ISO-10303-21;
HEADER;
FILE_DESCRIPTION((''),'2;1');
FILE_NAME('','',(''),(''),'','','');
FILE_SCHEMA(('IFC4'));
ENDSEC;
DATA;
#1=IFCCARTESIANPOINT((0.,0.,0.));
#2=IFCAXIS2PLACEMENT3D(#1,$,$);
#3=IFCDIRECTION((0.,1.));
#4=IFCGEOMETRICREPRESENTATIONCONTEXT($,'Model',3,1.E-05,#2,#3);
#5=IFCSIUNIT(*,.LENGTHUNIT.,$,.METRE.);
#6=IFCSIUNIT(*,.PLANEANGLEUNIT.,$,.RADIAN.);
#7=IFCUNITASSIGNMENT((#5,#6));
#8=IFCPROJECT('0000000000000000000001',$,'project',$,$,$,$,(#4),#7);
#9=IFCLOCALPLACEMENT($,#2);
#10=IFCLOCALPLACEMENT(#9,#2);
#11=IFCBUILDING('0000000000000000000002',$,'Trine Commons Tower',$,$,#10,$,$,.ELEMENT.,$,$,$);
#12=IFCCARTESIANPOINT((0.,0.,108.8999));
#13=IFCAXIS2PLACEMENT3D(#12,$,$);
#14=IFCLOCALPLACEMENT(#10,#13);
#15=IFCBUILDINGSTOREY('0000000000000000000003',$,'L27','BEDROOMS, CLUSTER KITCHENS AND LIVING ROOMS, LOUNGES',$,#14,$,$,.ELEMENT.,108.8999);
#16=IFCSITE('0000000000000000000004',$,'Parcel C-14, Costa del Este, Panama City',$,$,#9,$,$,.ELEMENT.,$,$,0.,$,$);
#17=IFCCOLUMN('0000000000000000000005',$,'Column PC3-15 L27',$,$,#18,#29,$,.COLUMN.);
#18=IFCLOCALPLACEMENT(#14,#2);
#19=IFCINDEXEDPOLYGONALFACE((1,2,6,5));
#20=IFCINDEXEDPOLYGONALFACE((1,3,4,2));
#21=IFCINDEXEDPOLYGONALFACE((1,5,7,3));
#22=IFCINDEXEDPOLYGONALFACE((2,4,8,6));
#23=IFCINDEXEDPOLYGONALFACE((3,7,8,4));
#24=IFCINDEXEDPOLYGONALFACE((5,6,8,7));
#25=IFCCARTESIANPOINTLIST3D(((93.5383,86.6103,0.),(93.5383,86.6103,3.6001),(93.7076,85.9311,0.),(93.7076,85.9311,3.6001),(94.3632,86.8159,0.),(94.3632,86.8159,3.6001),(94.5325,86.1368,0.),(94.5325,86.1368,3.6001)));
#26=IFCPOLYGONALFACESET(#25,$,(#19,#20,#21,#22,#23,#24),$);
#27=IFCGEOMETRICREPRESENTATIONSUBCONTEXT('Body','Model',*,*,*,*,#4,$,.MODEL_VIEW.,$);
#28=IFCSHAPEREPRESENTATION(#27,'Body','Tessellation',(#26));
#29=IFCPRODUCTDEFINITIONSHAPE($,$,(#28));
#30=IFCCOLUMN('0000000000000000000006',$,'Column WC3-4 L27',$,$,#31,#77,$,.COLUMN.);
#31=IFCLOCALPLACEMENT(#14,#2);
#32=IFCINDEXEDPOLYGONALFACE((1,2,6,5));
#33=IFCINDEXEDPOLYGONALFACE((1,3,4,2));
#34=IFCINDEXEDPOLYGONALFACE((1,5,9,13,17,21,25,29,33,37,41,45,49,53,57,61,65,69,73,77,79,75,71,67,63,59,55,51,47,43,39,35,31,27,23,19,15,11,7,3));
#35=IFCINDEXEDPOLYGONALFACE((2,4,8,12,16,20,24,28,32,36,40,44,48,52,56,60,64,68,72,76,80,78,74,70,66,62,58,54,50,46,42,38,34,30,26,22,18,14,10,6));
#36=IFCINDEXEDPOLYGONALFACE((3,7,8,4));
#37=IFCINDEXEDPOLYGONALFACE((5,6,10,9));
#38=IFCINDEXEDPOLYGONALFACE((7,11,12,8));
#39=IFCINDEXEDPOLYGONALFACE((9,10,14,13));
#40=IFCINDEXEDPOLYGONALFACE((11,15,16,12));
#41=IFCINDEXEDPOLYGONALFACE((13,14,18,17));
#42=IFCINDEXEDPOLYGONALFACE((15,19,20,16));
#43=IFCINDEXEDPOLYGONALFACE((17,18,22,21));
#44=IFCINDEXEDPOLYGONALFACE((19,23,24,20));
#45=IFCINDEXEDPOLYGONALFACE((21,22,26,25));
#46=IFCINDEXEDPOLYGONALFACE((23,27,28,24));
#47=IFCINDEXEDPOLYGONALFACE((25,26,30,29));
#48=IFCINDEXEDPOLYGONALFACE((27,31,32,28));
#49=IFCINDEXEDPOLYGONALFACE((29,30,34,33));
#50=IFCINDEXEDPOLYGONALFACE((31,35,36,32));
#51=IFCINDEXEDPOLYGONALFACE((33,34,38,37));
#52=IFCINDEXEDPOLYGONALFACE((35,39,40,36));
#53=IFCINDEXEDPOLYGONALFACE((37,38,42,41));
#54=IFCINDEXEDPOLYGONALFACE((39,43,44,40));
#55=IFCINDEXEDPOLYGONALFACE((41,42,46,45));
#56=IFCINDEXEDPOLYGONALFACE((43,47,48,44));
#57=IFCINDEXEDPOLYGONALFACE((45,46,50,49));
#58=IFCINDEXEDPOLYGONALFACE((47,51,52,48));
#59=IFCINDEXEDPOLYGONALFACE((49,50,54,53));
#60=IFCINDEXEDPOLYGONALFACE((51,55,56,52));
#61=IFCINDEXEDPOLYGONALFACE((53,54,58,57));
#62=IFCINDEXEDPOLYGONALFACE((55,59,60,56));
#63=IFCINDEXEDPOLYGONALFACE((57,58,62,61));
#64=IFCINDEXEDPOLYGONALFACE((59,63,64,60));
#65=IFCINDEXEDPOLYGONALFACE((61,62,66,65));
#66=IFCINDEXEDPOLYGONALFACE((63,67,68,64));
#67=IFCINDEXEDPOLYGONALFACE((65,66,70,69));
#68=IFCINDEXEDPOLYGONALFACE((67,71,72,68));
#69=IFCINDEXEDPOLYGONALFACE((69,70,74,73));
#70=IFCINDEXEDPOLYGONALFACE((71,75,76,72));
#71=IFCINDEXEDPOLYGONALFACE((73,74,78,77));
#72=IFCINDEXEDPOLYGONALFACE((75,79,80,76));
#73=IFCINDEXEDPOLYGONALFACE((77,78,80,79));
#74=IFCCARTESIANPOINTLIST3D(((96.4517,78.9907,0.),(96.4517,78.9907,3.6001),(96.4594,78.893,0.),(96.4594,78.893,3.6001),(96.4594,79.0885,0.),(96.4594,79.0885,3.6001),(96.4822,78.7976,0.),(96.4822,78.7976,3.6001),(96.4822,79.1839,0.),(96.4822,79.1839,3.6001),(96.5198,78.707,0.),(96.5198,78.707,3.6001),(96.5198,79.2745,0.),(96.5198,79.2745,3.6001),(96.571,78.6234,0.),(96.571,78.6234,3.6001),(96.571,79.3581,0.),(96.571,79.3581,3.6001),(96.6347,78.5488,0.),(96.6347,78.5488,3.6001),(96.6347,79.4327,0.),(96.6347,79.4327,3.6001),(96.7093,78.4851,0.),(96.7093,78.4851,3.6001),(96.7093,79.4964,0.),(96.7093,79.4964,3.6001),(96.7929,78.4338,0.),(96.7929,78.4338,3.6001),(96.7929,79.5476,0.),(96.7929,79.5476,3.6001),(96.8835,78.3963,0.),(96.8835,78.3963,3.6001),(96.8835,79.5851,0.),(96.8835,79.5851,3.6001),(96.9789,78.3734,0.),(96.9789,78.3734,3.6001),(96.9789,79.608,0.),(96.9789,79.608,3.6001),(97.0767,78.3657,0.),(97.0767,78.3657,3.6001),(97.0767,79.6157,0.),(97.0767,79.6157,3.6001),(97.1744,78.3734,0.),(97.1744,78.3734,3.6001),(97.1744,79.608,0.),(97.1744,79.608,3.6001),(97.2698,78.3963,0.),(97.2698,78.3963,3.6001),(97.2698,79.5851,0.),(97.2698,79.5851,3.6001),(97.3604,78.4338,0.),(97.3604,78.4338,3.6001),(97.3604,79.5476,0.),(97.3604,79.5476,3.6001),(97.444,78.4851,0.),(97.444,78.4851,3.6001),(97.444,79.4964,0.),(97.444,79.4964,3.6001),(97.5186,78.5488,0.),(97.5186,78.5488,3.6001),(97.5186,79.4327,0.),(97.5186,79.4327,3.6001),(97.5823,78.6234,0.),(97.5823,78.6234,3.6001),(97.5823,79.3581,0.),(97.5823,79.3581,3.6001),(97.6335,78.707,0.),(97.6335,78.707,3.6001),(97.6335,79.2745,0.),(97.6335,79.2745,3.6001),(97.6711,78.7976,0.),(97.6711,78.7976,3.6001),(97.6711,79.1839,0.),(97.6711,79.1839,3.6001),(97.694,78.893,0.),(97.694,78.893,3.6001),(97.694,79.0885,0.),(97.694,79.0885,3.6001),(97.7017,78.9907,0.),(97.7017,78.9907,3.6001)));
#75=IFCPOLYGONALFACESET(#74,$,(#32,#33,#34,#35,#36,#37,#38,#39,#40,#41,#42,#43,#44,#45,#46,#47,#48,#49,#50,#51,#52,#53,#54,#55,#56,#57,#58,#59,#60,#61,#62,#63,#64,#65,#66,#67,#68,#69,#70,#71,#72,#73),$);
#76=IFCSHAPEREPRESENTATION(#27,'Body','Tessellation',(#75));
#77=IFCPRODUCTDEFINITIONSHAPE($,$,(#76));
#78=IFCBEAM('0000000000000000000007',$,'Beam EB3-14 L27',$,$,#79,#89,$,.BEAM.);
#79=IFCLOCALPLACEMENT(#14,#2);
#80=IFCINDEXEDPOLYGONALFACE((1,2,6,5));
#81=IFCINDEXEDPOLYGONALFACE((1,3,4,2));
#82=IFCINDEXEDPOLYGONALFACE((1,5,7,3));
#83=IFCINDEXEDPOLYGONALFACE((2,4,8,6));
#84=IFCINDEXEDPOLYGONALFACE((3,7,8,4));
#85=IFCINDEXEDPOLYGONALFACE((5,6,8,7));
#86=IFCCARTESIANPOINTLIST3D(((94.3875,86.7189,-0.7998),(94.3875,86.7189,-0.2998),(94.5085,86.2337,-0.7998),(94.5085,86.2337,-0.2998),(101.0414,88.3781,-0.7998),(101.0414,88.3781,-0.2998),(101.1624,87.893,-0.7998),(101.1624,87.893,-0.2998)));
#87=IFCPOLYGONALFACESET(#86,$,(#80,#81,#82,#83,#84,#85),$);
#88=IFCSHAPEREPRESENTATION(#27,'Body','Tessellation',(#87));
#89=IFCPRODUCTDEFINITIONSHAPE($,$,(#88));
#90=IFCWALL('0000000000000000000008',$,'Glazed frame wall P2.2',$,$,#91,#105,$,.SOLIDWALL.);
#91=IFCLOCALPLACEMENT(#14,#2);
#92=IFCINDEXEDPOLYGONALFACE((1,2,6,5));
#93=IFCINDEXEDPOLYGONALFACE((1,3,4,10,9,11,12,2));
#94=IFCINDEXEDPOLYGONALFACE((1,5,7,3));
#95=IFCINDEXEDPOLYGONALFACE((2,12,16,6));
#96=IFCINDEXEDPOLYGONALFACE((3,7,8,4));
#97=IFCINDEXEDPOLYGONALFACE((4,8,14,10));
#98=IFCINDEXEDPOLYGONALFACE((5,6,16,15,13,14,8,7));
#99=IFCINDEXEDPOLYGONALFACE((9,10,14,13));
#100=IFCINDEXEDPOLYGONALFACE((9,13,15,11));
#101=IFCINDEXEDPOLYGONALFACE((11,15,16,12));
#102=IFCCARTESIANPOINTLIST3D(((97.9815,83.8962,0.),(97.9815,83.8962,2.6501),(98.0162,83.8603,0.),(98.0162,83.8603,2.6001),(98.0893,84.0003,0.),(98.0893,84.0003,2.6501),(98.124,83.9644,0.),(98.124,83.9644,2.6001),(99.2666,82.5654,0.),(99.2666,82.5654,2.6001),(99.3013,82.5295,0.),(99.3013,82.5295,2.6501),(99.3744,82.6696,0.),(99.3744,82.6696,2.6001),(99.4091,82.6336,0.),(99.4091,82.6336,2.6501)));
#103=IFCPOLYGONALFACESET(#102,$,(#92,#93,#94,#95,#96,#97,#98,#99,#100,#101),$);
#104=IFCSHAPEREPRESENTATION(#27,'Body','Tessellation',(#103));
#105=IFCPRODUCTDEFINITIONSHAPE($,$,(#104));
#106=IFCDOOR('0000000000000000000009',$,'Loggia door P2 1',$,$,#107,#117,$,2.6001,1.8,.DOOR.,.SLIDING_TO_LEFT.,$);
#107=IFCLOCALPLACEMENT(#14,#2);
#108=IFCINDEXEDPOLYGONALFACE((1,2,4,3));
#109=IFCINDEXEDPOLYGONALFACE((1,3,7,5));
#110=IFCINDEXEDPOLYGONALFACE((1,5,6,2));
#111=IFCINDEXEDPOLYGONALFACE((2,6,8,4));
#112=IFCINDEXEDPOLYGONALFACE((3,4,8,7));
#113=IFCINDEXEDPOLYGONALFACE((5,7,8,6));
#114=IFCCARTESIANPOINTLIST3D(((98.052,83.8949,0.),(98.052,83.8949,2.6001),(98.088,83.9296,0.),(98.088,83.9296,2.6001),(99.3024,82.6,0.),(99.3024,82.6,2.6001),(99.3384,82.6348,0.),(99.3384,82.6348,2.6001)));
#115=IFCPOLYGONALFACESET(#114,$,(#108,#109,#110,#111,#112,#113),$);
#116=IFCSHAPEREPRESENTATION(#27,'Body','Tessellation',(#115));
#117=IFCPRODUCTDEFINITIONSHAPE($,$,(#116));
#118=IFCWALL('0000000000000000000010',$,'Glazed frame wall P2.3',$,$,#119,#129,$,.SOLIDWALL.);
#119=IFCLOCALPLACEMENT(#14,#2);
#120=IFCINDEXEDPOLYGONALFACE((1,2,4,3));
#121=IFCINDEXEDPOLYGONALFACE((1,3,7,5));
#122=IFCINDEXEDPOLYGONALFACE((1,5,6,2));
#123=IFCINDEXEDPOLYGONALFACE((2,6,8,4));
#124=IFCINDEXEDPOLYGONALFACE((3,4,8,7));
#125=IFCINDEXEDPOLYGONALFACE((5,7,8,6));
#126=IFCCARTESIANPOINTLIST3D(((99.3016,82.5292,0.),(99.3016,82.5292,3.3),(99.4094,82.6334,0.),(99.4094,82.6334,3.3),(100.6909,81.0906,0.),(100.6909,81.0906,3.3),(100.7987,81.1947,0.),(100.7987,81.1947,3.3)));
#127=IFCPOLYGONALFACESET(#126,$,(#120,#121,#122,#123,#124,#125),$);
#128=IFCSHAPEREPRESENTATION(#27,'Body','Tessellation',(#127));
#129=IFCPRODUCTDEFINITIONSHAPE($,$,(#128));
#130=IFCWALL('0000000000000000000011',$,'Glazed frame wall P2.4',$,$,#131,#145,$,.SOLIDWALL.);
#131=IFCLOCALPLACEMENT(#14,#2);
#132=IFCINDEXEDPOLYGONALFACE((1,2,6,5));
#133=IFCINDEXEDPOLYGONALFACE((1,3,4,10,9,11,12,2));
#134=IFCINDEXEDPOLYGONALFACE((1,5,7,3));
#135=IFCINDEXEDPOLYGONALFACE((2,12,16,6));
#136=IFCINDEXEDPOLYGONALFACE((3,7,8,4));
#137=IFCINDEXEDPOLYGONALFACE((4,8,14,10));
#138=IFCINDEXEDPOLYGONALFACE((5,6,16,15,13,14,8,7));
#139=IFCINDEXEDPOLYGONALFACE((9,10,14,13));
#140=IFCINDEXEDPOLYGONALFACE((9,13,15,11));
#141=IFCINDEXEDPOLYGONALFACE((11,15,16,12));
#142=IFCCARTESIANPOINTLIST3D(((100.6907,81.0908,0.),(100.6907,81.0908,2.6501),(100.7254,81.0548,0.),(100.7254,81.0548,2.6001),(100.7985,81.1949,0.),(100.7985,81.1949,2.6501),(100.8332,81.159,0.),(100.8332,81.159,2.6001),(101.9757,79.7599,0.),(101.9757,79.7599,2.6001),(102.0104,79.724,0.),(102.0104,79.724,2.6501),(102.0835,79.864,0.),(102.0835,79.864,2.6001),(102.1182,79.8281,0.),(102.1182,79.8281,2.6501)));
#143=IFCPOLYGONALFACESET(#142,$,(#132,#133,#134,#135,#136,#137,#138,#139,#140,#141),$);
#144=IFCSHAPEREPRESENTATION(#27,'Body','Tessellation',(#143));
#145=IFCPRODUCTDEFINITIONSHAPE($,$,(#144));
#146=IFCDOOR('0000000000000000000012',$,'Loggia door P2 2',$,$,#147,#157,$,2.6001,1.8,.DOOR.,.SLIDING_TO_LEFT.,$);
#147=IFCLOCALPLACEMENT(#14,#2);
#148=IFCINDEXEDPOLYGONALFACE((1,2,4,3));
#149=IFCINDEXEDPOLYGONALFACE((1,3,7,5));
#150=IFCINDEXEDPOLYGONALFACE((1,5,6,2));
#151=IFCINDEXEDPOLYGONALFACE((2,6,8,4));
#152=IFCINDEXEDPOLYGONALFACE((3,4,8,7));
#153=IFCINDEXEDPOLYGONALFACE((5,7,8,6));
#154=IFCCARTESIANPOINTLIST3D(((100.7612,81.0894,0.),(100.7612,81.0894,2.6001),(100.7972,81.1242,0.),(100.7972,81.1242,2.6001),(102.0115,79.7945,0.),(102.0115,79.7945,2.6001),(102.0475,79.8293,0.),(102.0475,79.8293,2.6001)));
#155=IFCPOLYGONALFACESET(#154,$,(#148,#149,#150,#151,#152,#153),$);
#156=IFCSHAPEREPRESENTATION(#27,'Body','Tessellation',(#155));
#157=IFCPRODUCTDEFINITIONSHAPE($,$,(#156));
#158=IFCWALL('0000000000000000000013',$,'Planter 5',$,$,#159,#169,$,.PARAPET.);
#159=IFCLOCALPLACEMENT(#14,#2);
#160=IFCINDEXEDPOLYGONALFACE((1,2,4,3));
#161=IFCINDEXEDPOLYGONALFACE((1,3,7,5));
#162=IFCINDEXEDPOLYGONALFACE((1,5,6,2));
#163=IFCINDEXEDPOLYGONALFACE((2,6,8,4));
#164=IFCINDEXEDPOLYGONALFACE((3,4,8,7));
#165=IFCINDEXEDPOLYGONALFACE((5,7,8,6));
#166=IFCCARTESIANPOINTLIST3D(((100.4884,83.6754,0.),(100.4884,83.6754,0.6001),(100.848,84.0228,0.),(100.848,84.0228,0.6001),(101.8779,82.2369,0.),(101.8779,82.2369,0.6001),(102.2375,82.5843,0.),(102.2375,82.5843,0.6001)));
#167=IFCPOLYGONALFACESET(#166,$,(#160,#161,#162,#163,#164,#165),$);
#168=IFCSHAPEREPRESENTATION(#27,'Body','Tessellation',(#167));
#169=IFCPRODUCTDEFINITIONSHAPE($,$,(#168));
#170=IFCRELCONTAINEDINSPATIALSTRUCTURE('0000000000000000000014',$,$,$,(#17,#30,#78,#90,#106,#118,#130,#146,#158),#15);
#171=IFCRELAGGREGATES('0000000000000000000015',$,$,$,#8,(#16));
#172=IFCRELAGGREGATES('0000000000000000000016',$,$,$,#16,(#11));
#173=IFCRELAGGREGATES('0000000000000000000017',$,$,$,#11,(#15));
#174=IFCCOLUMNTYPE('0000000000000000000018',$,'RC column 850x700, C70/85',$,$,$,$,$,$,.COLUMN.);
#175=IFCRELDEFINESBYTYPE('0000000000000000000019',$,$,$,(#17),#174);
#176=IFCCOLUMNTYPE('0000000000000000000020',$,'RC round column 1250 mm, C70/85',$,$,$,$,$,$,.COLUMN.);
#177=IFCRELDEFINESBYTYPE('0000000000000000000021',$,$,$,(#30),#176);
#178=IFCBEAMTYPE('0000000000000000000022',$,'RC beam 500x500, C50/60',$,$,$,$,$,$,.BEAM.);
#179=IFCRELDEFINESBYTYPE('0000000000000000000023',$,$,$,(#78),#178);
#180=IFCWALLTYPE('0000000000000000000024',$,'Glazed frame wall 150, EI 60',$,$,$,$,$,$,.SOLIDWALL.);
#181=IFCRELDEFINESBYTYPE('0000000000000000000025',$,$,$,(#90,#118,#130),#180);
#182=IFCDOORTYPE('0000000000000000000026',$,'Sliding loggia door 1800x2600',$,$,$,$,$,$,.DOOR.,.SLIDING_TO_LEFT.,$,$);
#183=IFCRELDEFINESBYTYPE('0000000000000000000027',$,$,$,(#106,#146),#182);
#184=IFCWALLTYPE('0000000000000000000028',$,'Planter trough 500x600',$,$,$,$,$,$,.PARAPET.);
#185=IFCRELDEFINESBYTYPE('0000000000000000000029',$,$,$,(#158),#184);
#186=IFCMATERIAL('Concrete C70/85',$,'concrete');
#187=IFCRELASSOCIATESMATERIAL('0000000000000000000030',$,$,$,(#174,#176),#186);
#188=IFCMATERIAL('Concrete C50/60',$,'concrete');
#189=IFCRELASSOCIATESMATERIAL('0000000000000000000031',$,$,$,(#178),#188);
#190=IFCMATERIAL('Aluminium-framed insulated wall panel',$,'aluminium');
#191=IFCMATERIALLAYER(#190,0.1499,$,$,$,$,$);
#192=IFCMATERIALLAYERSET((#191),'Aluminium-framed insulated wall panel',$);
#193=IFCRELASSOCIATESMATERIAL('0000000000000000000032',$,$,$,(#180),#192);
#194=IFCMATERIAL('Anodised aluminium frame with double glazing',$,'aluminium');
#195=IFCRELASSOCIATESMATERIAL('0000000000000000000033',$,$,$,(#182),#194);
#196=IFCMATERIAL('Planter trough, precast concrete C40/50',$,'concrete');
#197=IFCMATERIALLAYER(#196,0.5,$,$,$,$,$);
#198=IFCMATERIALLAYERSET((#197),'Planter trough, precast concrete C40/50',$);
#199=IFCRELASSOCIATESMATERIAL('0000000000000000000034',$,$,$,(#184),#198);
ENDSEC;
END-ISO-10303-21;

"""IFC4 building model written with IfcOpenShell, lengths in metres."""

from ifc_helpers import new_model, si_unit, direction, frame, frame_2d, origin, origin_2d, place, context, subcontext, project, spatial, polyline, rectangle, circle, outline, extrude, material, layer, layer_set, material_profile, profile_set, type_object, element, fill, save


model = new_model("IFC4")

# Units and contexts
model_context = context("Model", 3, precision=1e-05, world=origin(), true_north=direction((0.0, 1.0)))
body_context = subcontext(model_context, "Body", "Model", "MODEL_VIEW")
ifc_project = project(units=[si_unit("LENGTHUNIT", "METRE"), si_unit("PLANEANGLEUNIT", "RADIAN")], contexts=[model_context])

# Site, building, storey
site_placement = place(None, origin())
site = spatial("IfcSite", under=ifc_project, at=site_placement, Name="Parcel C-14, Costa del Este, Panama City", CompositionType="ELEMENT", RefElevation=0.0)
building_placement = place(site_placement, origin())
building = spatial("IfcBuilding", under=site, at=building_placement, Name="Trine Commons Tower", CompositionType="ELEMENT")
storey_placement = place(building_placement, frame((0.0, 0.0, 108.8999)))
storey = spatial("IfcBuildingStorey", under=building, at=storey_placement, Name="L27", Description="BEDROOMS, CLUSTER KITCHENS AND LIVING ROOMS, LOUNGES", CompositionType="ELEMENT", Elevation=108.8999)

# Columns
ifc_material_1 = material(Name="Concrete C70/85", Category="concrete")
ifc_material_profile_1 = material_profile(ifc_material_1, rectangle(XDim=0.8501, YDim=0.7, at=origin_2d()), Name="RC 850x700")
ifc_profile_set_1 = profile_set([ifc_material_profile_1], Name="Concrete C70/85")
column_type_1 = type_object("IfcColumnType", Name="RC column 850x700, C70/85", PredefinedType="COLUMN", material=ifc_profile_set_1)
column_1_placement = place(storey_placement, frame((94.0354, 86.3735, 0.0), z_axis=(0.0, 0.0, 1.0), x_axis=(0.970296, 0.241922, 0.0)))
element("IfcColumn", 1, at=column_1_placement, inside=storey, type_object=column_type_1, Name="Column PC3-15 L27", PredefinedType="COLUMN", context=body_context, shape_type="SweptSolid", body=[
    extrude(rectangle(XDim=0.8501, YDim=0.7, at=origin_2d()), origin(), (0.0, 0.0, 1.0), 3.6001),
])
ifc_material_profile_2 = material_profile(ifc_material_1, circle(Radius=0.625, at=origin_2d()), Name="RC round 1250")
ifc_profile_set_2 = profile_set([ifc_material_profile_2], Name="Concrete C70/85")
column_type_2 = type_object("IfcColumnType", Name="RC round column 1250 mm, C70/85", PredefinedType="COLUMN", material=ifc_profile_set_2)
column_2_placement = place(storey_placement, frame((97.0767, 78.9907, 0.0), z_axis=(0.0, 0.0, 1.0), x_axis=(1.0, 0.0, 0.0)))
element("IfcColumn", 2, at=column_2_placement, inside=storey, type_object=column_type_2, Name="Column WC3-4 L27", PredefinedType="COLUMN", context=body_context, shape_type="SweptSolid", body=[
    extrude(circle(Radius=0.625, at=origin_2d()), origin(), (0.0, 0.0, 1.0), 3.6001),
])

# Beam
ifc_material_2 = material(Name="Concrete C50/60", Category="concrete")
ifc_material_profile_3 = material_profile(ifc_material_2, rectangle(XDim=0.5, YDim=0.5, at=origin_2d()), Name="RC 500x500")
ifc_profile_set_3 = profile_set([ifc_material_profile_3], Name="Concrete C50/60")
beam_type = type_object("IfcBeamType", Name="RC beam 500x500, C50/60", PredefinedType="BEAM", material=ifc_profile_set_3)
beam_placement = place(storey_placement, frame((94.448, 86.4763, -0.5498), z_axis=(0.970289, 0.241949, 0.0), x_axis=(-0.241949, 0.970289, 0.0)))
element("IfcBeam", 3, at=beam_placement, inside=storey, type_object=beam_type, Name="Beam EB3-14 L27", PredefinedType="BEAM", context=body_context, shape_type="SweptSolid", body=[
    extrude(rectangle(XDim=0.5, YDim=0.5, at=origin_2d()), origin(), (0.0, 0.0, 1.0), 6.8577),
])

# Shared definitions
ifc_material_3 = material(Name="Aluminium-framed insulated wall panel", Category="aluminium")
ifc_layer_1 = layer(ifc_material_3, 0.1499)
ifc_layer_set_1 = layer_set([ifc_layer_1], Name="Aluminium-framed insulated wall panel")
wall_type_1 = type_object("IfcWallType", Name="Glazed frame wall 150, EI 60", PredefinedType="SOLIDWALL", material=ifc_layer_set_1)

# Wall, opening, door
wall_1_placement = place(storey_placement, frame((98.0354, 83.9482, 0.0), z_axis=(0.0, 0.0, 1.0), x_axis=(0.694666, -0.719333, 0.0)))
wall_1 = element("IfcWall", 4, at=wall_1_placement, inside=storey, type_object=wall_type_1, Name="Glazed frame wall P2.2", PredefinedType="SOLIDWALL", context=body_context, shape_type="SweptSolid", body=[
    extrude(outline(polyline([(0.0, -0.075), (1.8999, -0.075), (1.8999, 0.075), (0.0, 0.075), (0.0, -0.075)])), origin(), (0.0, 0.0, 1.0), 2.6501),
])
opening_1_placement = place(wall_1_placement, frame((0.05, 0.0, 0.0)))
opening_1 = element("IfcOpeningElement", 5, at=opening_1_placement, cuts=wall_1, PredefinedType="OPENING", context=body_context, shape_type="SweptSolid", body=[
    extrude(rectangle(XDim=1.8, YDim=2.6001, at=frame_2d((0.8999, 1.3))), frame((0.0, 0.085, 0.0), z_axis=(0.0, -1.0, 0.0), x_axis=(1.0, 0.0, 0.0)), (0.0, 0.0, 1.0), 0.1699),
])
ifc_material_4 = material(Name="Anodised aluminium frame with double glazing", Category="aluminium")
door_type_1 = type_object("IfcDoorType", Name="Sliding loggia door 1800x2600", OperationType="SLIDING_TO_LEFT", PredefinedType="DOOR", material=ifc_material_4)
door_1_placement = place(opening_1_placement, origin())
door_1 = element("IfcDoor", 6, at=door_1_placement, inside=storey, type_object=door_type_1, Name="Loggia door P2 1", OperationType="SLIDING_TO_LEFT", OverallHeight=2.6001, OverallWidth=1.8, PredefinedType="DOOR", context=body_context, shape_type="SweptSolid", body=[
    extrude(rectangle(XDim=1.8, YDim=2.6001, at=frame_2d((0.8999, 1.3))), frame((0.0, 0.0249, 0.0), z_axis=(0.0, -1.0, 0.0), x_axis=(1.0, 0.0, 0.0)), (0.0, 0.0, 1.0), 0.05),
])
fill(opening_1, door_1)

# Wall
wall_2_placement = place(storey_placement, frame((99.3555, 82.5813, 0.0), z_axis=(0.0, 0.0, 1.0), x_axis=(0.694669, -0.71933, 0.0)))
element("IfcWall", 7, at=wall_2_placement, inside=storey, type_object=wall_type_1, Name="Glazed frame wall P2.3", PredefinedType="SOLIDWALL", context=body_context, shape_type="SweptSolid", body=[
    extrude(outline(polyline([(0.0, -0.075), (2.0, -0.075), (2.0, 0.075), (0.0, 0.075), (0.0, -0.075)])), origin(), (0.0, 0.0, 1.0), 3.3),
])

# Wall, opening, door
wall_3_placement = place(storey_placement, frame((100.7446, 81.1428, 0.0), z_axis=(0.0, 0.0, 1.0), x_axis=(0.694599, -0.719397, 0.0)))
wall_3 = element("IfcWall", 8, at=wall_3_placement, inside=storey, type_object=wall_type_1, Name="Glazed frame wall P2.4", PredefinedType="SOLIDWALL", context=body_context, shape_type="SweptSolid", body=[
    extrude(outline(polyline([(0.0, -0.075), (1.8999, -0.075), (1.8999, 0.075), (0.0, 0.075), (0.0, -0.075)])), origin(), (0.0, 0.0, 1.0), 2.6501),
])
opening_2_placement = place(wall_3_placement, frame((0.05, 0.0, 0.0)))
opening_2 = element("IfcOpeningElement", 9, at=opening_2_placement, cuts=wall_3, PredefinedType="OPENING", context=body_context, shape_type="SweptSolid", body=[
    extrude(rectangle(XDim=1.8, YDim=2.6001, at=frame_2d((0.8999, 1.3))), frame((0.0, 0.085, 0.0), z_axis=(0.0, -1.0, 0.0), x_axis=(1.0, 0.0, 0.0)), (0.0, 0.0, 1.0), 0.1699),
])
door_2_placement = place(opening_2_placement, origin())
door_2 = element("IfcDoor", 10, at=door_2_placement, inside=storey, type_object=door_type_1, Name="Loggia door P2 2", OperationType="SLIDING_TO_LEFT", OverallHeight=2.6001, OverallWidth=1.8, PredefinedType="DOOR", context=body_context, shape_type="SweptSolid", body=[
    extrude(rectangle(XDim=1.8, YDim=2.6001, at=frame_2d((0.8999, 1.3))), frame((0.0, 0.0249, 0.0), z_axis=(0.0, -1.0, 0.0), x_axis=(1.0, 0.0, 0.0)), (0.0, 0.0, 1.0), 0.05),
])
fill(opening_2, door_2)

# Wall
ifc_material_5 = material(Name="Planter trough, precast concrete C40/50", Category="concrete")
ifc_layer_2 = layer(ifc_material_5, 0.5)
ifc_layer_set_2 = layer_set([ifc_layer_2], Name="Planter trough, precast concrete C40/50")
wall_type_2 = type_object("IfcWallType", Name="Planter trough 500x600", PredefinedType="PARAPET", material=ifc_layer_set_2)
wall_4_placement = place(storey_placement, frame((100.6682, 83.8491, 0.0), z_axis=(0.0, 0.0, 1.0), x_axis=(0.694732, -0.719269, 0.0)))
element("IfcWall", 11, at=wall_4_placement, inside=storey, type_object=wall_type_2, Name="Planter 5", PredefinedType="PARAPET", context=body_context, shape_type="SweptSolid", body=[
    extrude(rectangle(XDim=2.0, YDim=0.5, at=frame_2d((1.0, 0.0))), origin(), (0.0, 0.0, 1.0), 0.6001),
])

save(model, "model.ifc")
